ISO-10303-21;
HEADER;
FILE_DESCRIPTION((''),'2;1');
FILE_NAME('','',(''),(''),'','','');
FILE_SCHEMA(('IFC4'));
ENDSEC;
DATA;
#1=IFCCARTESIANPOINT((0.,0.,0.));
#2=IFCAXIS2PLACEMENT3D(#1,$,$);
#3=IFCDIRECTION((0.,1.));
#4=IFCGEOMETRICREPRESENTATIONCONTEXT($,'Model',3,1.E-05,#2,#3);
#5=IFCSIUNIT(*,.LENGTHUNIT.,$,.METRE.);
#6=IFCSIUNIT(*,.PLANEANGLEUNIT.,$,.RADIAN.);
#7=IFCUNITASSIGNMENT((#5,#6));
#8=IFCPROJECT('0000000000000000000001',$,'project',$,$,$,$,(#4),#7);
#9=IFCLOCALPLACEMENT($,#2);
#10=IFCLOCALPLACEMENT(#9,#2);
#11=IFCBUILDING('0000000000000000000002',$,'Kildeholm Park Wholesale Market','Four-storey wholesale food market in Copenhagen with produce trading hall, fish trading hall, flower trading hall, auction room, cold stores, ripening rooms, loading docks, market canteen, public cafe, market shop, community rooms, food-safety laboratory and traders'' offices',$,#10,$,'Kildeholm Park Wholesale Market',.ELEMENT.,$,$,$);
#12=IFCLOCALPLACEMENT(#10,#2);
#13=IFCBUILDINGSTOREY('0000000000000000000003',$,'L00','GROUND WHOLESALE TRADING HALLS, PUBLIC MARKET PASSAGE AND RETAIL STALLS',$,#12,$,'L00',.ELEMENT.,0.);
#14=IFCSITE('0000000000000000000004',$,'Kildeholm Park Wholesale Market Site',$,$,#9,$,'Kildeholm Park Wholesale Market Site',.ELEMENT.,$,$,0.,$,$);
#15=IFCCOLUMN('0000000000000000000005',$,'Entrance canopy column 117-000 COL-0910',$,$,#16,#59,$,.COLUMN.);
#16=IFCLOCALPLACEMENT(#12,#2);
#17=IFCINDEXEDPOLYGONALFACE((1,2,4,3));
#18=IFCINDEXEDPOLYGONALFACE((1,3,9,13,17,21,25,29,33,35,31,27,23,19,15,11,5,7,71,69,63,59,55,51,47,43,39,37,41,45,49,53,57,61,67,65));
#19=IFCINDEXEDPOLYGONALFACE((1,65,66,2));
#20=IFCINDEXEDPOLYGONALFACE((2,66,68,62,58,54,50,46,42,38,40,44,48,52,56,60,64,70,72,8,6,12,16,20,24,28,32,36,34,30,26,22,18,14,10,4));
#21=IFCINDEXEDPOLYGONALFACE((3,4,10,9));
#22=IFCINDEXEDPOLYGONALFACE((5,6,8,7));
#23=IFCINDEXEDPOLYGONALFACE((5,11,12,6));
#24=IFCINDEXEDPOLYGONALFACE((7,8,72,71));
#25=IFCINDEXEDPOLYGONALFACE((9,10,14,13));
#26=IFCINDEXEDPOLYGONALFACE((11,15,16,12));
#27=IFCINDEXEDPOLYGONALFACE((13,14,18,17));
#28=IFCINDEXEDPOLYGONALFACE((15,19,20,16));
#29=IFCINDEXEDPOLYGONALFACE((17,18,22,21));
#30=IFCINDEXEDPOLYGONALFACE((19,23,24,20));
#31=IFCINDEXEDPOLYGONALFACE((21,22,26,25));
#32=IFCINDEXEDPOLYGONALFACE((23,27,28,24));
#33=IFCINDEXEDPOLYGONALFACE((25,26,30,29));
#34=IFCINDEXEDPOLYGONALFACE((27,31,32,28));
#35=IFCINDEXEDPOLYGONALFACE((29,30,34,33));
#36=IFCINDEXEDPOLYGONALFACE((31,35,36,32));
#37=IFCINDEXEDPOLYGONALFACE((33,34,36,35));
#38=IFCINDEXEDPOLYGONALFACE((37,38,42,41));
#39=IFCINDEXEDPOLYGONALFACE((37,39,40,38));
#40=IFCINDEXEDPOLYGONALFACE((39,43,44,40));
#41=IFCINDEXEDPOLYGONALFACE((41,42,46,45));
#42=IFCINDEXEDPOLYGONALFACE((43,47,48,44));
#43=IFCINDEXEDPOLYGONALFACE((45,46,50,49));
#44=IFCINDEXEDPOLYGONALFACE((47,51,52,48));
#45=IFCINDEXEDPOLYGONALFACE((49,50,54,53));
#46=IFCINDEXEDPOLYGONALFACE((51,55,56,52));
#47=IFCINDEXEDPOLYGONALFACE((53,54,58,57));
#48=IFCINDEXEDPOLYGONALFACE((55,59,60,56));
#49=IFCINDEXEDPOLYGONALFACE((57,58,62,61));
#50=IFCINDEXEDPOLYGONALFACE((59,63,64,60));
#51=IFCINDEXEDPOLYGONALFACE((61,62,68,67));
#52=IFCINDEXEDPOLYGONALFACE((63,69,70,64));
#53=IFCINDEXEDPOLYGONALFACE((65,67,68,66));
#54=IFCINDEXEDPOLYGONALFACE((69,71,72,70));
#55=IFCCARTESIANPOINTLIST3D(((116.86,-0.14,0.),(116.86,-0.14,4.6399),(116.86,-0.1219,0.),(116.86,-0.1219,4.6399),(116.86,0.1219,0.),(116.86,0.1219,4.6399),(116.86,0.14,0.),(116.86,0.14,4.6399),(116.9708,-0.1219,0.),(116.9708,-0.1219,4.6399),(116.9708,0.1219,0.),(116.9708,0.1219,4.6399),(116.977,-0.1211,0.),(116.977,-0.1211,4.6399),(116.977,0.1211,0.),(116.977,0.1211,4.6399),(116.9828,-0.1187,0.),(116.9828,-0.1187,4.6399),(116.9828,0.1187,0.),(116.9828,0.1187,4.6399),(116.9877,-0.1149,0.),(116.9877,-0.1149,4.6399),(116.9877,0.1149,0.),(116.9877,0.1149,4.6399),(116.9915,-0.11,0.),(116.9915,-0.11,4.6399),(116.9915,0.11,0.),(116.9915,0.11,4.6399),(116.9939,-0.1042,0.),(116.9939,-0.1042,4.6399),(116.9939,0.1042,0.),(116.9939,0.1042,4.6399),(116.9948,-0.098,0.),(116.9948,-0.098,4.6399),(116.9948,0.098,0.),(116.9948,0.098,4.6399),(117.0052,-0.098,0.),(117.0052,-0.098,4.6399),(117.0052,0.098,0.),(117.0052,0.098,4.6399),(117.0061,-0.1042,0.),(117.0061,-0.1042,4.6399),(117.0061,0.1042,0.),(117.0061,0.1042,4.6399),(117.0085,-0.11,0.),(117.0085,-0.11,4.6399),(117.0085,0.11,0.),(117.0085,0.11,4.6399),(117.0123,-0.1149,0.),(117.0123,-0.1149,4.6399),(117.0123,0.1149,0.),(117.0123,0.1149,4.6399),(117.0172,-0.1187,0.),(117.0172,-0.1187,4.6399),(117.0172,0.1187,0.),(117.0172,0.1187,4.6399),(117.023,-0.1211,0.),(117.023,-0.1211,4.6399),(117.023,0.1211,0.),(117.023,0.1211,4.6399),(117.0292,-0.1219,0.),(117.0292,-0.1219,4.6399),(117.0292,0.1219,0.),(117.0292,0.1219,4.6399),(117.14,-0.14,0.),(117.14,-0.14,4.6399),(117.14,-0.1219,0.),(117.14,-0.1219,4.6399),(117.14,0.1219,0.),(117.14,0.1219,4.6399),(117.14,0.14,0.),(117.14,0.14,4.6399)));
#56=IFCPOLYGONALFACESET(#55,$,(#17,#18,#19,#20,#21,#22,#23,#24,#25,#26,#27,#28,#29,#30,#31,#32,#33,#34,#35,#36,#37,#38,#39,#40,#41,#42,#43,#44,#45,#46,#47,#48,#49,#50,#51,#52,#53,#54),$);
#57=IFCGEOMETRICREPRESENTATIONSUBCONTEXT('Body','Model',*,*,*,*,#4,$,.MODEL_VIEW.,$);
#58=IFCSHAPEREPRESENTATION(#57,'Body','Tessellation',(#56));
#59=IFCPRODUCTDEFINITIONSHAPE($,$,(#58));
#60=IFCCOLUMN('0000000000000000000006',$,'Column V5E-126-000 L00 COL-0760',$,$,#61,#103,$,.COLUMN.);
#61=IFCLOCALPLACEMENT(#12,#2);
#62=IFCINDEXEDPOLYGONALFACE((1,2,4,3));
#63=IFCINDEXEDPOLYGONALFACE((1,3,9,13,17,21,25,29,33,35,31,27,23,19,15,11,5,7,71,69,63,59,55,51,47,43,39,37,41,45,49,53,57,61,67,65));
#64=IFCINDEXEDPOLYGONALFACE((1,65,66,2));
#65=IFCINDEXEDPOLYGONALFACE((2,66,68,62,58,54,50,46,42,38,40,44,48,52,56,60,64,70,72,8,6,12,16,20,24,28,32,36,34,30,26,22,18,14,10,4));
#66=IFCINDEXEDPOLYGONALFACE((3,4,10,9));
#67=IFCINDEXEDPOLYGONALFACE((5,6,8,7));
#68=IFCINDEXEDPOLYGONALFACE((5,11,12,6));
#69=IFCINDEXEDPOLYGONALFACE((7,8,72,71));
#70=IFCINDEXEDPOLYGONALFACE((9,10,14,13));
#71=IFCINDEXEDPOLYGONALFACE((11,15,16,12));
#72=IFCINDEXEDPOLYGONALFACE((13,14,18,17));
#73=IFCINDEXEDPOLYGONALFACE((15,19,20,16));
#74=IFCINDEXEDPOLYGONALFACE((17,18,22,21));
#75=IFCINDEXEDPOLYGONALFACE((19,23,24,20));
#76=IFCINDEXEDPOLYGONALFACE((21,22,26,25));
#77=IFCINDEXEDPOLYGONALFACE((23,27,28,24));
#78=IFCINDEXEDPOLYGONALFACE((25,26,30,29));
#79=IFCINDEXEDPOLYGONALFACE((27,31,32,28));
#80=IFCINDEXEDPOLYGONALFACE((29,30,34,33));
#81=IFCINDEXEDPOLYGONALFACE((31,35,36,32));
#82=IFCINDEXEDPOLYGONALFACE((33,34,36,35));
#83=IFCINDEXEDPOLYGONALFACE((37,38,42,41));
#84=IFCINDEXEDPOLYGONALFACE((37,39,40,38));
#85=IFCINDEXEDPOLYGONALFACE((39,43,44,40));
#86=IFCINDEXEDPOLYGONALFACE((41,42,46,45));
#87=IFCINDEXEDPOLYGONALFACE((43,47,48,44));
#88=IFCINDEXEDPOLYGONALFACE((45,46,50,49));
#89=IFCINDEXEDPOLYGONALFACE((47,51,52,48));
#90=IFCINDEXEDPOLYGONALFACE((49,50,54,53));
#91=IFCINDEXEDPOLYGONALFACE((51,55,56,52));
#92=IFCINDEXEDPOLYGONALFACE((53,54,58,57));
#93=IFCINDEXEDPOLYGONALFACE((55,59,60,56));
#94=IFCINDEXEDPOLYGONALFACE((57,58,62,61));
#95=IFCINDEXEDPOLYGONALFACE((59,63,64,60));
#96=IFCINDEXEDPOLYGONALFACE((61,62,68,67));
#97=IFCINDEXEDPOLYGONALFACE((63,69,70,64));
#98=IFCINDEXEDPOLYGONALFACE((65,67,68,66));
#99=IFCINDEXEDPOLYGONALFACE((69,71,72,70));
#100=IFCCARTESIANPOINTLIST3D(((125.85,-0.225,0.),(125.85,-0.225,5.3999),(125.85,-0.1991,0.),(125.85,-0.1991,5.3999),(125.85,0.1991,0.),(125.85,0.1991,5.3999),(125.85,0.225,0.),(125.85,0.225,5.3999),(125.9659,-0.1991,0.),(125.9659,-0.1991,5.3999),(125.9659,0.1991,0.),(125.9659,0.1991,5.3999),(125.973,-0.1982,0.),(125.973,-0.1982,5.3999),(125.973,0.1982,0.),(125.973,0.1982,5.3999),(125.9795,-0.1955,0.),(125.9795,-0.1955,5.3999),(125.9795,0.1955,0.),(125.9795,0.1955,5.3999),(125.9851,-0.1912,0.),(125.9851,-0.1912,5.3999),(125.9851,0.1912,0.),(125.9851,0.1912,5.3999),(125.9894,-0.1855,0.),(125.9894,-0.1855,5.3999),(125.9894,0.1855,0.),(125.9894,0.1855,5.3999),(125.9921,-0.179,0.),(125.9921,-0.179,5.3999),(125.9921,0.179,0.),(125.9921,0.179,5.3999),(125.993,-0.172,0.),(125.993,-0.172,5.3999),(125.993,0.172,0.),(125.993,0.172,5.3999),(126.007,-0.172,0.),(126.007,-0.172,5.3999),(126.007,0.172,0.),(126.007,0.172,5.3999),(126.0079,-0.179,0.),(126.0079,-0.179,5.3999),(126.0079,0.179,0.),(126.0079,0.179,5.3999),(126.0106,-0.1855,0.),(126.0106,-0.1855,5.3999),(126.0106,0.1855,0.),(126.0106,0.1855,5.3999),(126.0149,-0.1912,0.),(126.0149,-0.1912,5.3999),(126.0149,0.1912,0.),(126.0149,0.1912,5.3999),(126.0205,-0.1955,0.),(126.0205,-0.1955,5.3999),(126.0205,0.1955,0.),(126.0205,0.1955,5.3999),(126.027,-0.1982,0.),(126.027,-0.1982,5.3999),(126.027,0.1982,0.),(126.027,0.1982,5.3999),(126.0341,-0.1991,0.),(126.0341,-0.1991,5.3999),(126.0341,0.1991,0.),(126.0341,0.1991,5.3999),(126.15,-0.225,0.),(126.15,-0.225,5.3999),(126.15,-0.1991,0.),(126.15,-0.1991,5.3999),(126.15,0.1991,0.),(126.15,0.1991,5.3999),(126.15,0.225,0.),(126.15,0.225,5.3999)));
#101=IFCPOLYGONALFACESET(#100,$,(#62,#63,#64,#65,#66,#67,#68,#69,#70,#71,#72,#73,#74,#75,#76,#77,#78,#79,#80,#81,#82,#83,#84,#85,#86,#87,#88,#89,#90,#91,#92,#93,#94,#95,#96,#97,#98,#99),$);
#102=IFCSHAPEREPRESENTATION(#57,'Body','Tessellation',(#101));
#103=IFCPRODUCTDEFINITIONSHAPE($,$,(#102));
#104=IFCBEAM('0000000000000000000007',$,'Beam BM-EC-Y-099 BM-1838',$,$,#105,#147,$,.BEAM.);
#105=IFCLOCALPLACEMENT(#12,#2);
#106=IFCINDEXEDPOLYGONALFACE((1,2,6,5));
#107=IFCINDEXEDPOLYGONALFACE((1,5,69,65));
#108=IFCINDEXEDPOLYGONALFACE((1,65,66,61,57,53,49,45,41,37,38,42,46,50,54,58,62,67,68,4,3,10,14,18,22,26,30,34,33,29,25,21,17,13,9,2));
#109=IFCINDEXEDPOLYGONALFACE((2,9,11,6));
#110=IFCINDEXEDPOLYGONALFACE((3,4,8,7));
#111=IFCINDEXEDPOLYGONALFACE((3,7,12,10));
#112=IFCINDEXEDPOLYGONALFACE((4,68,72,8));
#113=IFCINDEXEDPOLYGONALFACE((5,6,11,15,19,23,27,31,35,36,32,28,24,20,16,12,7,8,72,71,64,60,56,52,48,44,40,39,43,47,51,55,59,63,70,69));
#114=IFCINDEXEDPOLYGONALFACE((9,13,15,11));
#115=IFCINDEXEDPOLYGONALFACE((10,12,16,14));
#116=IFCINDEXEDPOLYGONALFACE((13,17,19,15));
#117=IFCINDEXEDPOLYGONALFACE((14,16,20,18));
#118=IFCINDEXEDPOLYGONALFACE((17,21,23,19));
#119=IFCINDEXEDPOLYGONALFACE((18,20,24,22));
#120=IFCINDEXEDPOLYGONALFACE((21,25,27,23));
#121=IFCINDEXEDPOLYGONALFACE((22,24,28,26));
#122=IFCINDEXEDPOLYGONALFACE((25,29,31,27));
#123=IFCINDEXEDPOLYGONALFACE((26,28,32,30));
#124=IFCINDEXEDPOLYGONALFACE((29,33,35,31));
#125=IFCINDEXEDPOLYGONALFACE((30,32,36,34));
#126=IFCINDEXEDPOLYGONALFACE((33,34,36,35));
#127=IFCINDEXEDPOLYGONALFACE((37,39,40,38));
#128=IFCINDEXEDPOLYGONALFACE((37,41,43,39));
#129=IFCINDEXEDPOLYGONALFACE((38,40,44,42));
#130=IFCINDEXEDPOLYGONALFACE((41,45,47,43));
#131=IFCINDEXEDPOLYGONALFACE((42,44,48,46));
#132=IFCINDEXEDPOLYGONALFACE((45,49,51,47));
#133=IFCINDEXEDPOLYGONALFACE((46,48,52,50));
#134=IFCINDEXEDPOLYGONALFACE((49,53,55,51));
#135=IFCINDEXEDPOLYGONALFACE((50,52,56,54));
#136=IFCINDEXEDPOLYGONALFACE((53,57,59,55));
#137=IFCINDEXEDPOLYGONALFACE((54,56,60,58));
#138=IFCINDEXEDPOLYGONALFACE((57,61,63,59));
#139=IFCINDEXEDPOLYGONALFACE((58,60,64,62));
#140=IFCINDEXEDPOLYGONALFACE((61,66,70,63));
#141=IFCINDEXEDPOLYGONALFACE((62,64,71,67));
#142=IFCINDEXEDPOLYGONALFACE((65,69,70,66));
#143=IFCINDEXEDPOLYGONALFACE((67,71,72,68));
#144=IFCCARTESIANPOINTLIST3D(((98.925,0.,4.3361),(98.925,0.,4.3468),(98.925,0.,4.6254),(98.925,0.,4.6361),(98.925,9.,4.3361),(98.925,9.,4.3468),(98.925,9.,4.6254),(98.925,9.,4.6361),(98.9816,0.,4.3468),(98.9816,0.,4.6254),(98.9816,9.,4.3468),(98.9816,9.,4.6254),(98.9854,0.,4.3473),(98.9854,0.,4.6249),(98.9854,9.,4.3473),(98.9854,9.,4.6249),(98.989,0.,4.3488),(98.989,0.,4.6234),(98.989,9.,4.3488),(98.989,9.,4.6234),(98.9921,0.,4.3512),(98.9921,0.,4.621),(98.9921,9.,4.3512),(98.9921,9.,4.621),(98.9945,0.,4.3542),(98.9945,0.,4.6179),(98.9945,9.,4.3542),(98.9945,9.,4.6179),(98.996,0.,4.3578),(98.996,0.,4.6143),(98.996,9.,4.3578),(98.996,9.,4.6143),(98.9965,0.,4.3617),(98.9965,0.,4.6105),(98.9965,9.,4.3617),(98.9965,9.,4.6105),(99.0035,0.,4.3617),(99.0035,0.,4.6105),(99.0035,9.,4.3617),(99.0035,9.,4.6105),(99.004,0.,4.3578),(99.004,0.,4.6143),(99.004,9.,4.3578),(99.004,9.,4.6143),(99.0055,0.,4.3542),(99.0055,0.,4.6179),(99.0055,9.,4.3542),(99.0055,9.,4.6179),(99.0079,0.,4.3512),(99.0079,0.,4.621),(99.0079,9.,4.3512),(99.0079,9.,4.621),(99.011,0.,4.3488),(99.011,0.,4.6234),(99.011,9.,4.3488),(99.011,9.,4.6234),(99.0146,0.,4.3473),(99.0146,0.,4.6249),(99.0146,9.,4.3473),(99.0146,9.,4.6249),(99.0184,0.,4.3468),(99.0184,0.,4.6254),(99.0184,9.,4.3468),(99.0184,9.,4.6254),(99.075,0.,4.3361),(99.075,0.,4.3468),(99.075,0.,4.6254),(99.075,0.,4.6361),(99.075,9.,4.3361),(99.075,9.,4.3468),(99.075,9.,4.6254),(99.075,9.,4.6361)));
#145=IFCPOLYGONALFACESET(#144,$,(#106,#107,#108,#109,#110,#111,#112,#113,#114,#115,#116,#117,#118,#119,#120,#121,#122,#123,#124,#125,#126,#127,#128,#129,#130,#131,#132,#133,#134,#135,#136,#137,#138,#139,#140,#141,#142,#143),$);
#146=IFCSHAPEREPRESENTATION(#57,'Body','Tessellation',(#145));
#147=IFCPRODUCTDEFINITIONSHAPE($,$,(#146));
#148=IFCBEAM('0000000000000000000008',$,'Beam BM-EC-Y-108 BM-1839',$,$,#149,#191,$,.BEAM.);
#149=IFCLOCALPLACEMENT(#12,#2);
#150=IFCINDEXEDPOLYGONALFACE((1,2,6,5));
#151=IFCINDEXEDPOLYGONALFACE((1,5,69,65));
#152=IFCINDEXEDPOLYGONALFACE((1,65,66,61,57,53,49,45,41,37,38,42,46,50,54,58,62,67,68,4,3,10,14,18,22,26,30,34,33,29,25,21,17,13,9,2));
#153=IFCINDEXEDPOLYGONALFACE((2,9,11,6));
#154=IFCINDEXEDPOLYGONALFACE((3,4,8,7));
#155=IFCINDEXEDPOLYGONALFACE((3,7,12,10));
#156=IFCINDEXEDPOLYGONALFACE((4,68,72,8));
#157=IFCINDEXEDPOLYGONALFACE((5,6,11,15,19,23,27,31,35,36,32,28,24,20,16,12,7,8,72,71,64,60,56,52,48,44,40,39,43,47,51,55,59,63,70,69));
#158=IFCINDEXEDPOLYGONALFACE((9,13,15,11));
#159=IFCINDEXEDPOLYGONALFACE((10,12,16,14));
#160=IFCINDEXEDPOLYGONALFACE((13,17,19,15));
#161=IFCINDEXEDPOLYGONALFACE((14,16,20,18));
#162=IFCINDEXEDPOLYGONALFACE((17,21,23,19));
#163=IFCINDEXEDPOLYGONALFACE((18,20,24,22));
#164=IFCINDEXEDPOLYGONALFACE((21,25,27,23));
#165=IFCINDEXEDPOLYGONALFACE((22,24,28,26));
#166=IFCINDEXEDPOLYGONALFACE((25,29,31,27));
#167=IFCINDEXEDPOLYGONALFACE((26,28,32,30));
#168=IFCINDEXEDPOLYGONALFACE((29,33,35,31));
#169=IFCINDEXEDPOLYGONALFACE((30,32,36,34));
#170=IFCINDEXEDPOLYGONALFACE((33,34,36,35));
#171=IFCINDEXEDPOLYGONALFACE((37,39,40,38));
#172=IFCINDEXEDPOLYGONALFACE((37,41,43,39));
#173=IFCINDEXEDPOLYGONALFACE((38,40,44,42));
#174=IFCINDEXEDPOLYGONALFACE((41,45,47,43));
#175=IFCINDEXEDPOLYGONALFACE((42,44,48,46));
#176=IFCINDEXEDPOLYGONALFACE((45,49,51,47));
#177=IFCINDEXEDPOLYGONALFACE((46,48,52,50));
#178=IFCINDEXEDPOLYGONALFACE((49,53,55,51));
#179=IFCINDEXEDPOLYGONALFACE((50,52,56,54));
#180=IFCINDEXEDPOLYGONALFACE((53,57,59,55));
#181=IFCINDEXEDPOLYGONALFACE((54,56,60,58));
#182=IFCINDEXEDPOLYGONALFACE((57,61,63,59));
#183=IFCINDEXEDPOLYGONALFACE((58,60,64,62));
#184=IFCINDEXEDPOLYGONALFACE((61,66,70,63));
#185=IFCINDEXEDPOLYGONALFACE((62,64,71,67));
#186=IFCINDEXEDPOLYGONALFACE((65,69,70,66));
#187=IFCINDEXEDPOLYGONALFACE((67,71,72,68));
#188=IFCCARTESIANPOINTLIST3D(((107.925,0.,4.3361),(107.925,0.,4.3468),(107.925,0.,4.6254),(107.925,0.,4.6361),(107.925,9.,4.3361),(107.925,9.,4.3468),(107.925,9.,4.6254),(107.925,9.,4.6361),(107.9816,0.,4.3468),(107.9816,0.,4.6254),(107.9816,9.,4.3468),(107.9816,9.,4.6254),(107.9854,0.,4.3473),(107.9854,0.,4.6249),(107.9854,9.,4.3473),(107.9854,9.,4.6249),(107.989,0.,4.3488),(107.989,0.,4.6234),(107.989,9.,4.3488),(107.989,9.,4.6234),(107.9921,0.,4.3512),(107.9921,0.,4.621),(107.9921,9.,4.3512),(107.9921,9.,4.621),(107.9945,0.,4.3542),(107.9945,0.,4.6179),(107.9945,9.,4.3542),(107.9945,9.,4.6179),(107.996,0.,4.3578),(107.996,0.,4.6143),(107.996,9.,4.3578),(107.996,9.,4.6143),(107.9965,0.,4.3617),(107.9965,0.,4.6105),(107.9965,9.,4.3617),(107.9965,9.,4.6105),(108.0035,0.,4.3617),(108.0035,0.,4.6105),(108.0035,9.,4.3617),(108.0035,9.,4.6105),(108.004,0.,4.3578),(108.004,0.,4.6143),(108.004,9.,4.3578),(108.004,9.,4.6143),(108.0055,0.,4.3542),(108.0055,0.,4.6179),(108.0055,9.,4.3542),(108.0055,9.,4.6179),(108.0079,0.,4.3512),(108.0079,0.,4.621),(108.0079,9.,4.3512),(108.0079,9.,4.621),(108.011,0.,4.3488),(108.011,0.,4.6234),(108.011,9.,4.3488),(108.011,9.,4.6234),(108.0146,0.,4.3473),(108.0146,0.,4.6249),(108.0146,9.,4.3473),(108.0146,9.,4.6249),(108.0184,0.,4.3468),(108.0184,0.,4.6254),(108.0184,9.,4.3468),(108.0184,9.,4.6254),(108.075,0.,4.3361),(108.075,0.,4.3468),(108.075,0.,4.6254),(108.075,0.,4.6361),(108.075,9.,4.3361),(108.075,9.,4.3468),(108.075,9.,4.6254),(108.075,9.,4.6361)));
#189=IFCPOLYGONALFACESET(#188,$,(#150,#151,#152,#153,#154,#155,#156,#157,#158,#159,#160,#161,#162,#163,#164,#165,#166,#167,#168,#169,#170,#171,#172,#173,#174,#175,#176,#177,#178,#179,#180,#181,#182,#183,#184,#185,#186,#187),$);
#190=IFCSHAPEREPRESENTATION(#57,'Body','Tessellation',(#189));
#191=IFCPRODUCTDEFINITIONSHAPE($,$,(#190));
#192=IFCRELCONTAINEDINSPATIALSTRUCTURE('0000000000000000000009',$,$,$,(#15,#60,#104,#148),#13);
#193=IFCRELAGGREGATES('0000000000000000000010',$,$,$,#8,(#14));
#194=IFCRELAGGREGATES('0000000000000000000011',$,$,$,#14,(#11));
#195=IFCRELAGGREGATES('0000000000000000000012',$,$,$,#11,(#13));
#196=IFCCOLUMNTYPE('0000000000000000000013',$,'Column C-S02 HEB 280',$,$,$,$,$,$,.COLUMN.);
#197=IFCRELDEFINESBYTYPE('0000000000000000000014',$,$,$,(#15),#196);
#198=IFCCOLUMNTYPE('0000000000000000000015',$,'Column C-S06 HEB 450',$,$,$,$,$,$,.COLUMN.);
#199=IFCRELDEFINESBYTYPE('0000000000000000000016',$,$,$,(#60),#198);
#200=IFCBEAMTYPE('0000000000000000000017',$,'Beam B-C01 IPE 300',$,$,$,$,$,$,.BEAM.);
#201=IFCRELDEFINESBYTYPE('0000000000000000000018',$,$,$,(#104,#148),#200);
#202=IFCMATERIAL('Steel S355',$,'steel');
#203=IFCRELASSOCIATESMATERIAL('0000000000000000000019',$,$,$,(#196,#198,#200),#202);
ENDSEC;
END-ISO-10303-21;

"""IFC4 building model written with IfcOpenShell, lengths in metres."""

from ifc_helpers import new_model, si_unit, direction, frame, origin, origin_2d, place, context, subcontext, project, spatial, i_section, extrude, material, material_profile, profile_set, type_object, element, save


model = new_model("IFC4")

# Units and contexts
model_context = context("Model", 3, precision=1e-05, world=origin(), true_north=direction((0.0, 1.0)))
body_context = subcontext(model_context, "Body", "Model", "MODEL_VIEW")
ifc_project = project(units=[si_unit("LENGTHUNIT", "METRE"), si_unit("PLANEANGLEUNIT", "RADIAN")], contexts=[model_context])

# Site, building, storey
site_placement = place(None, origin())
site = spatial("IfcSite", under=ifc_project, at=site_placement, Name="Kildeholm Park Wholesale Market Site", LongName="Kildeholm Park Wholesale Market Site", CompositionType="ELEMENT", RefElevation=0.0)
building_placement = place(site_placement, origin())
building = spatial("IfcBuilding", under=site, at=building_placement, Name="Kildeholm Park Wholesale Market", Description="Four-storey wholesale food market in Copenhagen with produce trading hall, fish trading hall, flower trading hall, auction room, cold stores, ripening rooms, loading docks, market canteen, public cafe, market shop, community rooms, food-safety laboratory and traders' offices", LongName="Kildeholm Park Wholesale Market", CompositionType="ELEMENT")
storey_placement = place(building_placement, origin())
storey = spatial("IfcBuildingStorey", under=building, at=storey_placement, Name="L00", Description="GROUND WHOLESALE TRADING HALLS, PUBLIC MARKET PASSAGE AND RETAIL STALLS", LongName="L00", CompositionType="ELEMENT", Elevation=0.0)

# Columns
ifc_material_1 = material(Name="Steel S355", Category="steel")
ifc_material_profile_1 = material_profile(ifc_material_1, i_section(OverallWidth=0.28, OverallDepth=0.28, WebThickness=0.0105, FlangeThickness=0.0181, FilletRadius=0.0239, at=origin_2d()), Name="HEB 280")
ifc_profile_set_1 = profile_set([ifc_material_profile_1], Name="Steel S355")
column_type_1 = type_object("IfcColumnType", Name="Column C-S02 HEB 280", PredefinedType="COLUMN", material=ifc_profile_set_1)
for number, where, z_axis, x_axis, name in (
    (1, (117.0, 0.0, 0.0), (0.0, 0.0, 1.0), (1.0, 0.0, 0.0), "Entrance canopy column 117-000 COL-0910"),
):
    element("IfcColumn", number, at=place(storey_placement, frame(where, z_axis=z_axis, x_axis=x_axis)), inside=storey, type_object=column_type_1, Name=name, PredefinedType="COLUMN", context=body_context, shape_type="SweptSolid", body=[
        extrude(i_section(OverallWidth=0.28, OverallDepth=0.28, WebThickness=0.0105, FlangeThickness=0.0181, FilletRadius=0.0239, at=origin_2d()), origin(), (0.0, 0.0, 1.0), 4.6399),
    ])
ifc_material_profile_2 = material_profile(ifc_material_1, i_section(OverallWidth=0.3, OverallDepth=0.45, WebThickness=0.0139, FlangeThickness=0.0259, FilletRadius=0.0271, at=origin_2d()), Name="HEB 450")
ifc_profile_set_2 = profile_set([ifc_material_profile_2], Name="Steel S355")
column_type_2 = type_object("IfcColumnType", Name="Column C-S06 HEB 450", PredefinedType="COLUMN", material=ifc_profile_set_2)
column_placement = place(storey_placement, frame((126.0, 0.0, 0.0), z_axis=(0.0, 0.0, 1.0), x_axis=(1.0, 0.0, 0.0)))
element("IfcColumn", 2, at=column_placement, inside=storey, type_object=column_type_2, Name="Column V5E-126-000 L00 COL-0760", PredefinedType="COLUMN", context=body_context, shape_type="SweptSolid", body=[
    extrude(i_section(OverallWidth=0.3, OverallDepth=0.45, WebThickness=0.0139, FlangeThickness=0.0259, FilletRadius=0.0271, at=origin_2d()), origin(), (0.0, 0.0, 1.0), 5.3999),
])

# Beams
ifc_material_profile_3 = material_profile(ifc_material_1, i_section(OverallWidth=0.1499, OverallDepth=0.3, WebThickness=0.0071, FlangeThickness=0.0107, FilletRadius=0.0149, at=origin_2d()), Name="IPE 300")
ifc_profile_set_3 = profile_set([ifc_material_profile_3], Name="Steel S355")
beam_type_1 = type_object("IfcBeamType", Name="Beam B-C01 IPE 300", PredefinedType="BEAM", material=ifc_profile_set_3)
for number, where, z_axis, x_axis, name in (
    (3, (99.0, 0.0, 4.4861), (0.0, 1.0, 0.0), (-1.0, 0.0, 0.0), "Beam BM-EC-Y-099 BM-1838"),
    (4, (108.0, 0.0, 4.4861), (0.0, 1.0, 0.0), (-1.0, 0.0, 0.0), "Beam BM-EC-Y-108 BM-1839"),
):
    element("IfcBeam", number, at=place(storey_placement, frame(where, z_axis=z_axis, x_axis=x_axis)), inside=storey, type_object=beam_type_1, Name=name, PredefinedType="BEAM", context=body_context, shape_type="SweptSolid", body=[
        extrude(i_section(OverallWidth=0.1499, OverallDepth=0.3, WebThickness=0.0071, FlangeThickness=0.0107, FilletRadius=0.0149, at=origin_2d()), origin(), (0.0, 0.0, 1.0), 9.0),
    ])

save(model, "model.ifc")
